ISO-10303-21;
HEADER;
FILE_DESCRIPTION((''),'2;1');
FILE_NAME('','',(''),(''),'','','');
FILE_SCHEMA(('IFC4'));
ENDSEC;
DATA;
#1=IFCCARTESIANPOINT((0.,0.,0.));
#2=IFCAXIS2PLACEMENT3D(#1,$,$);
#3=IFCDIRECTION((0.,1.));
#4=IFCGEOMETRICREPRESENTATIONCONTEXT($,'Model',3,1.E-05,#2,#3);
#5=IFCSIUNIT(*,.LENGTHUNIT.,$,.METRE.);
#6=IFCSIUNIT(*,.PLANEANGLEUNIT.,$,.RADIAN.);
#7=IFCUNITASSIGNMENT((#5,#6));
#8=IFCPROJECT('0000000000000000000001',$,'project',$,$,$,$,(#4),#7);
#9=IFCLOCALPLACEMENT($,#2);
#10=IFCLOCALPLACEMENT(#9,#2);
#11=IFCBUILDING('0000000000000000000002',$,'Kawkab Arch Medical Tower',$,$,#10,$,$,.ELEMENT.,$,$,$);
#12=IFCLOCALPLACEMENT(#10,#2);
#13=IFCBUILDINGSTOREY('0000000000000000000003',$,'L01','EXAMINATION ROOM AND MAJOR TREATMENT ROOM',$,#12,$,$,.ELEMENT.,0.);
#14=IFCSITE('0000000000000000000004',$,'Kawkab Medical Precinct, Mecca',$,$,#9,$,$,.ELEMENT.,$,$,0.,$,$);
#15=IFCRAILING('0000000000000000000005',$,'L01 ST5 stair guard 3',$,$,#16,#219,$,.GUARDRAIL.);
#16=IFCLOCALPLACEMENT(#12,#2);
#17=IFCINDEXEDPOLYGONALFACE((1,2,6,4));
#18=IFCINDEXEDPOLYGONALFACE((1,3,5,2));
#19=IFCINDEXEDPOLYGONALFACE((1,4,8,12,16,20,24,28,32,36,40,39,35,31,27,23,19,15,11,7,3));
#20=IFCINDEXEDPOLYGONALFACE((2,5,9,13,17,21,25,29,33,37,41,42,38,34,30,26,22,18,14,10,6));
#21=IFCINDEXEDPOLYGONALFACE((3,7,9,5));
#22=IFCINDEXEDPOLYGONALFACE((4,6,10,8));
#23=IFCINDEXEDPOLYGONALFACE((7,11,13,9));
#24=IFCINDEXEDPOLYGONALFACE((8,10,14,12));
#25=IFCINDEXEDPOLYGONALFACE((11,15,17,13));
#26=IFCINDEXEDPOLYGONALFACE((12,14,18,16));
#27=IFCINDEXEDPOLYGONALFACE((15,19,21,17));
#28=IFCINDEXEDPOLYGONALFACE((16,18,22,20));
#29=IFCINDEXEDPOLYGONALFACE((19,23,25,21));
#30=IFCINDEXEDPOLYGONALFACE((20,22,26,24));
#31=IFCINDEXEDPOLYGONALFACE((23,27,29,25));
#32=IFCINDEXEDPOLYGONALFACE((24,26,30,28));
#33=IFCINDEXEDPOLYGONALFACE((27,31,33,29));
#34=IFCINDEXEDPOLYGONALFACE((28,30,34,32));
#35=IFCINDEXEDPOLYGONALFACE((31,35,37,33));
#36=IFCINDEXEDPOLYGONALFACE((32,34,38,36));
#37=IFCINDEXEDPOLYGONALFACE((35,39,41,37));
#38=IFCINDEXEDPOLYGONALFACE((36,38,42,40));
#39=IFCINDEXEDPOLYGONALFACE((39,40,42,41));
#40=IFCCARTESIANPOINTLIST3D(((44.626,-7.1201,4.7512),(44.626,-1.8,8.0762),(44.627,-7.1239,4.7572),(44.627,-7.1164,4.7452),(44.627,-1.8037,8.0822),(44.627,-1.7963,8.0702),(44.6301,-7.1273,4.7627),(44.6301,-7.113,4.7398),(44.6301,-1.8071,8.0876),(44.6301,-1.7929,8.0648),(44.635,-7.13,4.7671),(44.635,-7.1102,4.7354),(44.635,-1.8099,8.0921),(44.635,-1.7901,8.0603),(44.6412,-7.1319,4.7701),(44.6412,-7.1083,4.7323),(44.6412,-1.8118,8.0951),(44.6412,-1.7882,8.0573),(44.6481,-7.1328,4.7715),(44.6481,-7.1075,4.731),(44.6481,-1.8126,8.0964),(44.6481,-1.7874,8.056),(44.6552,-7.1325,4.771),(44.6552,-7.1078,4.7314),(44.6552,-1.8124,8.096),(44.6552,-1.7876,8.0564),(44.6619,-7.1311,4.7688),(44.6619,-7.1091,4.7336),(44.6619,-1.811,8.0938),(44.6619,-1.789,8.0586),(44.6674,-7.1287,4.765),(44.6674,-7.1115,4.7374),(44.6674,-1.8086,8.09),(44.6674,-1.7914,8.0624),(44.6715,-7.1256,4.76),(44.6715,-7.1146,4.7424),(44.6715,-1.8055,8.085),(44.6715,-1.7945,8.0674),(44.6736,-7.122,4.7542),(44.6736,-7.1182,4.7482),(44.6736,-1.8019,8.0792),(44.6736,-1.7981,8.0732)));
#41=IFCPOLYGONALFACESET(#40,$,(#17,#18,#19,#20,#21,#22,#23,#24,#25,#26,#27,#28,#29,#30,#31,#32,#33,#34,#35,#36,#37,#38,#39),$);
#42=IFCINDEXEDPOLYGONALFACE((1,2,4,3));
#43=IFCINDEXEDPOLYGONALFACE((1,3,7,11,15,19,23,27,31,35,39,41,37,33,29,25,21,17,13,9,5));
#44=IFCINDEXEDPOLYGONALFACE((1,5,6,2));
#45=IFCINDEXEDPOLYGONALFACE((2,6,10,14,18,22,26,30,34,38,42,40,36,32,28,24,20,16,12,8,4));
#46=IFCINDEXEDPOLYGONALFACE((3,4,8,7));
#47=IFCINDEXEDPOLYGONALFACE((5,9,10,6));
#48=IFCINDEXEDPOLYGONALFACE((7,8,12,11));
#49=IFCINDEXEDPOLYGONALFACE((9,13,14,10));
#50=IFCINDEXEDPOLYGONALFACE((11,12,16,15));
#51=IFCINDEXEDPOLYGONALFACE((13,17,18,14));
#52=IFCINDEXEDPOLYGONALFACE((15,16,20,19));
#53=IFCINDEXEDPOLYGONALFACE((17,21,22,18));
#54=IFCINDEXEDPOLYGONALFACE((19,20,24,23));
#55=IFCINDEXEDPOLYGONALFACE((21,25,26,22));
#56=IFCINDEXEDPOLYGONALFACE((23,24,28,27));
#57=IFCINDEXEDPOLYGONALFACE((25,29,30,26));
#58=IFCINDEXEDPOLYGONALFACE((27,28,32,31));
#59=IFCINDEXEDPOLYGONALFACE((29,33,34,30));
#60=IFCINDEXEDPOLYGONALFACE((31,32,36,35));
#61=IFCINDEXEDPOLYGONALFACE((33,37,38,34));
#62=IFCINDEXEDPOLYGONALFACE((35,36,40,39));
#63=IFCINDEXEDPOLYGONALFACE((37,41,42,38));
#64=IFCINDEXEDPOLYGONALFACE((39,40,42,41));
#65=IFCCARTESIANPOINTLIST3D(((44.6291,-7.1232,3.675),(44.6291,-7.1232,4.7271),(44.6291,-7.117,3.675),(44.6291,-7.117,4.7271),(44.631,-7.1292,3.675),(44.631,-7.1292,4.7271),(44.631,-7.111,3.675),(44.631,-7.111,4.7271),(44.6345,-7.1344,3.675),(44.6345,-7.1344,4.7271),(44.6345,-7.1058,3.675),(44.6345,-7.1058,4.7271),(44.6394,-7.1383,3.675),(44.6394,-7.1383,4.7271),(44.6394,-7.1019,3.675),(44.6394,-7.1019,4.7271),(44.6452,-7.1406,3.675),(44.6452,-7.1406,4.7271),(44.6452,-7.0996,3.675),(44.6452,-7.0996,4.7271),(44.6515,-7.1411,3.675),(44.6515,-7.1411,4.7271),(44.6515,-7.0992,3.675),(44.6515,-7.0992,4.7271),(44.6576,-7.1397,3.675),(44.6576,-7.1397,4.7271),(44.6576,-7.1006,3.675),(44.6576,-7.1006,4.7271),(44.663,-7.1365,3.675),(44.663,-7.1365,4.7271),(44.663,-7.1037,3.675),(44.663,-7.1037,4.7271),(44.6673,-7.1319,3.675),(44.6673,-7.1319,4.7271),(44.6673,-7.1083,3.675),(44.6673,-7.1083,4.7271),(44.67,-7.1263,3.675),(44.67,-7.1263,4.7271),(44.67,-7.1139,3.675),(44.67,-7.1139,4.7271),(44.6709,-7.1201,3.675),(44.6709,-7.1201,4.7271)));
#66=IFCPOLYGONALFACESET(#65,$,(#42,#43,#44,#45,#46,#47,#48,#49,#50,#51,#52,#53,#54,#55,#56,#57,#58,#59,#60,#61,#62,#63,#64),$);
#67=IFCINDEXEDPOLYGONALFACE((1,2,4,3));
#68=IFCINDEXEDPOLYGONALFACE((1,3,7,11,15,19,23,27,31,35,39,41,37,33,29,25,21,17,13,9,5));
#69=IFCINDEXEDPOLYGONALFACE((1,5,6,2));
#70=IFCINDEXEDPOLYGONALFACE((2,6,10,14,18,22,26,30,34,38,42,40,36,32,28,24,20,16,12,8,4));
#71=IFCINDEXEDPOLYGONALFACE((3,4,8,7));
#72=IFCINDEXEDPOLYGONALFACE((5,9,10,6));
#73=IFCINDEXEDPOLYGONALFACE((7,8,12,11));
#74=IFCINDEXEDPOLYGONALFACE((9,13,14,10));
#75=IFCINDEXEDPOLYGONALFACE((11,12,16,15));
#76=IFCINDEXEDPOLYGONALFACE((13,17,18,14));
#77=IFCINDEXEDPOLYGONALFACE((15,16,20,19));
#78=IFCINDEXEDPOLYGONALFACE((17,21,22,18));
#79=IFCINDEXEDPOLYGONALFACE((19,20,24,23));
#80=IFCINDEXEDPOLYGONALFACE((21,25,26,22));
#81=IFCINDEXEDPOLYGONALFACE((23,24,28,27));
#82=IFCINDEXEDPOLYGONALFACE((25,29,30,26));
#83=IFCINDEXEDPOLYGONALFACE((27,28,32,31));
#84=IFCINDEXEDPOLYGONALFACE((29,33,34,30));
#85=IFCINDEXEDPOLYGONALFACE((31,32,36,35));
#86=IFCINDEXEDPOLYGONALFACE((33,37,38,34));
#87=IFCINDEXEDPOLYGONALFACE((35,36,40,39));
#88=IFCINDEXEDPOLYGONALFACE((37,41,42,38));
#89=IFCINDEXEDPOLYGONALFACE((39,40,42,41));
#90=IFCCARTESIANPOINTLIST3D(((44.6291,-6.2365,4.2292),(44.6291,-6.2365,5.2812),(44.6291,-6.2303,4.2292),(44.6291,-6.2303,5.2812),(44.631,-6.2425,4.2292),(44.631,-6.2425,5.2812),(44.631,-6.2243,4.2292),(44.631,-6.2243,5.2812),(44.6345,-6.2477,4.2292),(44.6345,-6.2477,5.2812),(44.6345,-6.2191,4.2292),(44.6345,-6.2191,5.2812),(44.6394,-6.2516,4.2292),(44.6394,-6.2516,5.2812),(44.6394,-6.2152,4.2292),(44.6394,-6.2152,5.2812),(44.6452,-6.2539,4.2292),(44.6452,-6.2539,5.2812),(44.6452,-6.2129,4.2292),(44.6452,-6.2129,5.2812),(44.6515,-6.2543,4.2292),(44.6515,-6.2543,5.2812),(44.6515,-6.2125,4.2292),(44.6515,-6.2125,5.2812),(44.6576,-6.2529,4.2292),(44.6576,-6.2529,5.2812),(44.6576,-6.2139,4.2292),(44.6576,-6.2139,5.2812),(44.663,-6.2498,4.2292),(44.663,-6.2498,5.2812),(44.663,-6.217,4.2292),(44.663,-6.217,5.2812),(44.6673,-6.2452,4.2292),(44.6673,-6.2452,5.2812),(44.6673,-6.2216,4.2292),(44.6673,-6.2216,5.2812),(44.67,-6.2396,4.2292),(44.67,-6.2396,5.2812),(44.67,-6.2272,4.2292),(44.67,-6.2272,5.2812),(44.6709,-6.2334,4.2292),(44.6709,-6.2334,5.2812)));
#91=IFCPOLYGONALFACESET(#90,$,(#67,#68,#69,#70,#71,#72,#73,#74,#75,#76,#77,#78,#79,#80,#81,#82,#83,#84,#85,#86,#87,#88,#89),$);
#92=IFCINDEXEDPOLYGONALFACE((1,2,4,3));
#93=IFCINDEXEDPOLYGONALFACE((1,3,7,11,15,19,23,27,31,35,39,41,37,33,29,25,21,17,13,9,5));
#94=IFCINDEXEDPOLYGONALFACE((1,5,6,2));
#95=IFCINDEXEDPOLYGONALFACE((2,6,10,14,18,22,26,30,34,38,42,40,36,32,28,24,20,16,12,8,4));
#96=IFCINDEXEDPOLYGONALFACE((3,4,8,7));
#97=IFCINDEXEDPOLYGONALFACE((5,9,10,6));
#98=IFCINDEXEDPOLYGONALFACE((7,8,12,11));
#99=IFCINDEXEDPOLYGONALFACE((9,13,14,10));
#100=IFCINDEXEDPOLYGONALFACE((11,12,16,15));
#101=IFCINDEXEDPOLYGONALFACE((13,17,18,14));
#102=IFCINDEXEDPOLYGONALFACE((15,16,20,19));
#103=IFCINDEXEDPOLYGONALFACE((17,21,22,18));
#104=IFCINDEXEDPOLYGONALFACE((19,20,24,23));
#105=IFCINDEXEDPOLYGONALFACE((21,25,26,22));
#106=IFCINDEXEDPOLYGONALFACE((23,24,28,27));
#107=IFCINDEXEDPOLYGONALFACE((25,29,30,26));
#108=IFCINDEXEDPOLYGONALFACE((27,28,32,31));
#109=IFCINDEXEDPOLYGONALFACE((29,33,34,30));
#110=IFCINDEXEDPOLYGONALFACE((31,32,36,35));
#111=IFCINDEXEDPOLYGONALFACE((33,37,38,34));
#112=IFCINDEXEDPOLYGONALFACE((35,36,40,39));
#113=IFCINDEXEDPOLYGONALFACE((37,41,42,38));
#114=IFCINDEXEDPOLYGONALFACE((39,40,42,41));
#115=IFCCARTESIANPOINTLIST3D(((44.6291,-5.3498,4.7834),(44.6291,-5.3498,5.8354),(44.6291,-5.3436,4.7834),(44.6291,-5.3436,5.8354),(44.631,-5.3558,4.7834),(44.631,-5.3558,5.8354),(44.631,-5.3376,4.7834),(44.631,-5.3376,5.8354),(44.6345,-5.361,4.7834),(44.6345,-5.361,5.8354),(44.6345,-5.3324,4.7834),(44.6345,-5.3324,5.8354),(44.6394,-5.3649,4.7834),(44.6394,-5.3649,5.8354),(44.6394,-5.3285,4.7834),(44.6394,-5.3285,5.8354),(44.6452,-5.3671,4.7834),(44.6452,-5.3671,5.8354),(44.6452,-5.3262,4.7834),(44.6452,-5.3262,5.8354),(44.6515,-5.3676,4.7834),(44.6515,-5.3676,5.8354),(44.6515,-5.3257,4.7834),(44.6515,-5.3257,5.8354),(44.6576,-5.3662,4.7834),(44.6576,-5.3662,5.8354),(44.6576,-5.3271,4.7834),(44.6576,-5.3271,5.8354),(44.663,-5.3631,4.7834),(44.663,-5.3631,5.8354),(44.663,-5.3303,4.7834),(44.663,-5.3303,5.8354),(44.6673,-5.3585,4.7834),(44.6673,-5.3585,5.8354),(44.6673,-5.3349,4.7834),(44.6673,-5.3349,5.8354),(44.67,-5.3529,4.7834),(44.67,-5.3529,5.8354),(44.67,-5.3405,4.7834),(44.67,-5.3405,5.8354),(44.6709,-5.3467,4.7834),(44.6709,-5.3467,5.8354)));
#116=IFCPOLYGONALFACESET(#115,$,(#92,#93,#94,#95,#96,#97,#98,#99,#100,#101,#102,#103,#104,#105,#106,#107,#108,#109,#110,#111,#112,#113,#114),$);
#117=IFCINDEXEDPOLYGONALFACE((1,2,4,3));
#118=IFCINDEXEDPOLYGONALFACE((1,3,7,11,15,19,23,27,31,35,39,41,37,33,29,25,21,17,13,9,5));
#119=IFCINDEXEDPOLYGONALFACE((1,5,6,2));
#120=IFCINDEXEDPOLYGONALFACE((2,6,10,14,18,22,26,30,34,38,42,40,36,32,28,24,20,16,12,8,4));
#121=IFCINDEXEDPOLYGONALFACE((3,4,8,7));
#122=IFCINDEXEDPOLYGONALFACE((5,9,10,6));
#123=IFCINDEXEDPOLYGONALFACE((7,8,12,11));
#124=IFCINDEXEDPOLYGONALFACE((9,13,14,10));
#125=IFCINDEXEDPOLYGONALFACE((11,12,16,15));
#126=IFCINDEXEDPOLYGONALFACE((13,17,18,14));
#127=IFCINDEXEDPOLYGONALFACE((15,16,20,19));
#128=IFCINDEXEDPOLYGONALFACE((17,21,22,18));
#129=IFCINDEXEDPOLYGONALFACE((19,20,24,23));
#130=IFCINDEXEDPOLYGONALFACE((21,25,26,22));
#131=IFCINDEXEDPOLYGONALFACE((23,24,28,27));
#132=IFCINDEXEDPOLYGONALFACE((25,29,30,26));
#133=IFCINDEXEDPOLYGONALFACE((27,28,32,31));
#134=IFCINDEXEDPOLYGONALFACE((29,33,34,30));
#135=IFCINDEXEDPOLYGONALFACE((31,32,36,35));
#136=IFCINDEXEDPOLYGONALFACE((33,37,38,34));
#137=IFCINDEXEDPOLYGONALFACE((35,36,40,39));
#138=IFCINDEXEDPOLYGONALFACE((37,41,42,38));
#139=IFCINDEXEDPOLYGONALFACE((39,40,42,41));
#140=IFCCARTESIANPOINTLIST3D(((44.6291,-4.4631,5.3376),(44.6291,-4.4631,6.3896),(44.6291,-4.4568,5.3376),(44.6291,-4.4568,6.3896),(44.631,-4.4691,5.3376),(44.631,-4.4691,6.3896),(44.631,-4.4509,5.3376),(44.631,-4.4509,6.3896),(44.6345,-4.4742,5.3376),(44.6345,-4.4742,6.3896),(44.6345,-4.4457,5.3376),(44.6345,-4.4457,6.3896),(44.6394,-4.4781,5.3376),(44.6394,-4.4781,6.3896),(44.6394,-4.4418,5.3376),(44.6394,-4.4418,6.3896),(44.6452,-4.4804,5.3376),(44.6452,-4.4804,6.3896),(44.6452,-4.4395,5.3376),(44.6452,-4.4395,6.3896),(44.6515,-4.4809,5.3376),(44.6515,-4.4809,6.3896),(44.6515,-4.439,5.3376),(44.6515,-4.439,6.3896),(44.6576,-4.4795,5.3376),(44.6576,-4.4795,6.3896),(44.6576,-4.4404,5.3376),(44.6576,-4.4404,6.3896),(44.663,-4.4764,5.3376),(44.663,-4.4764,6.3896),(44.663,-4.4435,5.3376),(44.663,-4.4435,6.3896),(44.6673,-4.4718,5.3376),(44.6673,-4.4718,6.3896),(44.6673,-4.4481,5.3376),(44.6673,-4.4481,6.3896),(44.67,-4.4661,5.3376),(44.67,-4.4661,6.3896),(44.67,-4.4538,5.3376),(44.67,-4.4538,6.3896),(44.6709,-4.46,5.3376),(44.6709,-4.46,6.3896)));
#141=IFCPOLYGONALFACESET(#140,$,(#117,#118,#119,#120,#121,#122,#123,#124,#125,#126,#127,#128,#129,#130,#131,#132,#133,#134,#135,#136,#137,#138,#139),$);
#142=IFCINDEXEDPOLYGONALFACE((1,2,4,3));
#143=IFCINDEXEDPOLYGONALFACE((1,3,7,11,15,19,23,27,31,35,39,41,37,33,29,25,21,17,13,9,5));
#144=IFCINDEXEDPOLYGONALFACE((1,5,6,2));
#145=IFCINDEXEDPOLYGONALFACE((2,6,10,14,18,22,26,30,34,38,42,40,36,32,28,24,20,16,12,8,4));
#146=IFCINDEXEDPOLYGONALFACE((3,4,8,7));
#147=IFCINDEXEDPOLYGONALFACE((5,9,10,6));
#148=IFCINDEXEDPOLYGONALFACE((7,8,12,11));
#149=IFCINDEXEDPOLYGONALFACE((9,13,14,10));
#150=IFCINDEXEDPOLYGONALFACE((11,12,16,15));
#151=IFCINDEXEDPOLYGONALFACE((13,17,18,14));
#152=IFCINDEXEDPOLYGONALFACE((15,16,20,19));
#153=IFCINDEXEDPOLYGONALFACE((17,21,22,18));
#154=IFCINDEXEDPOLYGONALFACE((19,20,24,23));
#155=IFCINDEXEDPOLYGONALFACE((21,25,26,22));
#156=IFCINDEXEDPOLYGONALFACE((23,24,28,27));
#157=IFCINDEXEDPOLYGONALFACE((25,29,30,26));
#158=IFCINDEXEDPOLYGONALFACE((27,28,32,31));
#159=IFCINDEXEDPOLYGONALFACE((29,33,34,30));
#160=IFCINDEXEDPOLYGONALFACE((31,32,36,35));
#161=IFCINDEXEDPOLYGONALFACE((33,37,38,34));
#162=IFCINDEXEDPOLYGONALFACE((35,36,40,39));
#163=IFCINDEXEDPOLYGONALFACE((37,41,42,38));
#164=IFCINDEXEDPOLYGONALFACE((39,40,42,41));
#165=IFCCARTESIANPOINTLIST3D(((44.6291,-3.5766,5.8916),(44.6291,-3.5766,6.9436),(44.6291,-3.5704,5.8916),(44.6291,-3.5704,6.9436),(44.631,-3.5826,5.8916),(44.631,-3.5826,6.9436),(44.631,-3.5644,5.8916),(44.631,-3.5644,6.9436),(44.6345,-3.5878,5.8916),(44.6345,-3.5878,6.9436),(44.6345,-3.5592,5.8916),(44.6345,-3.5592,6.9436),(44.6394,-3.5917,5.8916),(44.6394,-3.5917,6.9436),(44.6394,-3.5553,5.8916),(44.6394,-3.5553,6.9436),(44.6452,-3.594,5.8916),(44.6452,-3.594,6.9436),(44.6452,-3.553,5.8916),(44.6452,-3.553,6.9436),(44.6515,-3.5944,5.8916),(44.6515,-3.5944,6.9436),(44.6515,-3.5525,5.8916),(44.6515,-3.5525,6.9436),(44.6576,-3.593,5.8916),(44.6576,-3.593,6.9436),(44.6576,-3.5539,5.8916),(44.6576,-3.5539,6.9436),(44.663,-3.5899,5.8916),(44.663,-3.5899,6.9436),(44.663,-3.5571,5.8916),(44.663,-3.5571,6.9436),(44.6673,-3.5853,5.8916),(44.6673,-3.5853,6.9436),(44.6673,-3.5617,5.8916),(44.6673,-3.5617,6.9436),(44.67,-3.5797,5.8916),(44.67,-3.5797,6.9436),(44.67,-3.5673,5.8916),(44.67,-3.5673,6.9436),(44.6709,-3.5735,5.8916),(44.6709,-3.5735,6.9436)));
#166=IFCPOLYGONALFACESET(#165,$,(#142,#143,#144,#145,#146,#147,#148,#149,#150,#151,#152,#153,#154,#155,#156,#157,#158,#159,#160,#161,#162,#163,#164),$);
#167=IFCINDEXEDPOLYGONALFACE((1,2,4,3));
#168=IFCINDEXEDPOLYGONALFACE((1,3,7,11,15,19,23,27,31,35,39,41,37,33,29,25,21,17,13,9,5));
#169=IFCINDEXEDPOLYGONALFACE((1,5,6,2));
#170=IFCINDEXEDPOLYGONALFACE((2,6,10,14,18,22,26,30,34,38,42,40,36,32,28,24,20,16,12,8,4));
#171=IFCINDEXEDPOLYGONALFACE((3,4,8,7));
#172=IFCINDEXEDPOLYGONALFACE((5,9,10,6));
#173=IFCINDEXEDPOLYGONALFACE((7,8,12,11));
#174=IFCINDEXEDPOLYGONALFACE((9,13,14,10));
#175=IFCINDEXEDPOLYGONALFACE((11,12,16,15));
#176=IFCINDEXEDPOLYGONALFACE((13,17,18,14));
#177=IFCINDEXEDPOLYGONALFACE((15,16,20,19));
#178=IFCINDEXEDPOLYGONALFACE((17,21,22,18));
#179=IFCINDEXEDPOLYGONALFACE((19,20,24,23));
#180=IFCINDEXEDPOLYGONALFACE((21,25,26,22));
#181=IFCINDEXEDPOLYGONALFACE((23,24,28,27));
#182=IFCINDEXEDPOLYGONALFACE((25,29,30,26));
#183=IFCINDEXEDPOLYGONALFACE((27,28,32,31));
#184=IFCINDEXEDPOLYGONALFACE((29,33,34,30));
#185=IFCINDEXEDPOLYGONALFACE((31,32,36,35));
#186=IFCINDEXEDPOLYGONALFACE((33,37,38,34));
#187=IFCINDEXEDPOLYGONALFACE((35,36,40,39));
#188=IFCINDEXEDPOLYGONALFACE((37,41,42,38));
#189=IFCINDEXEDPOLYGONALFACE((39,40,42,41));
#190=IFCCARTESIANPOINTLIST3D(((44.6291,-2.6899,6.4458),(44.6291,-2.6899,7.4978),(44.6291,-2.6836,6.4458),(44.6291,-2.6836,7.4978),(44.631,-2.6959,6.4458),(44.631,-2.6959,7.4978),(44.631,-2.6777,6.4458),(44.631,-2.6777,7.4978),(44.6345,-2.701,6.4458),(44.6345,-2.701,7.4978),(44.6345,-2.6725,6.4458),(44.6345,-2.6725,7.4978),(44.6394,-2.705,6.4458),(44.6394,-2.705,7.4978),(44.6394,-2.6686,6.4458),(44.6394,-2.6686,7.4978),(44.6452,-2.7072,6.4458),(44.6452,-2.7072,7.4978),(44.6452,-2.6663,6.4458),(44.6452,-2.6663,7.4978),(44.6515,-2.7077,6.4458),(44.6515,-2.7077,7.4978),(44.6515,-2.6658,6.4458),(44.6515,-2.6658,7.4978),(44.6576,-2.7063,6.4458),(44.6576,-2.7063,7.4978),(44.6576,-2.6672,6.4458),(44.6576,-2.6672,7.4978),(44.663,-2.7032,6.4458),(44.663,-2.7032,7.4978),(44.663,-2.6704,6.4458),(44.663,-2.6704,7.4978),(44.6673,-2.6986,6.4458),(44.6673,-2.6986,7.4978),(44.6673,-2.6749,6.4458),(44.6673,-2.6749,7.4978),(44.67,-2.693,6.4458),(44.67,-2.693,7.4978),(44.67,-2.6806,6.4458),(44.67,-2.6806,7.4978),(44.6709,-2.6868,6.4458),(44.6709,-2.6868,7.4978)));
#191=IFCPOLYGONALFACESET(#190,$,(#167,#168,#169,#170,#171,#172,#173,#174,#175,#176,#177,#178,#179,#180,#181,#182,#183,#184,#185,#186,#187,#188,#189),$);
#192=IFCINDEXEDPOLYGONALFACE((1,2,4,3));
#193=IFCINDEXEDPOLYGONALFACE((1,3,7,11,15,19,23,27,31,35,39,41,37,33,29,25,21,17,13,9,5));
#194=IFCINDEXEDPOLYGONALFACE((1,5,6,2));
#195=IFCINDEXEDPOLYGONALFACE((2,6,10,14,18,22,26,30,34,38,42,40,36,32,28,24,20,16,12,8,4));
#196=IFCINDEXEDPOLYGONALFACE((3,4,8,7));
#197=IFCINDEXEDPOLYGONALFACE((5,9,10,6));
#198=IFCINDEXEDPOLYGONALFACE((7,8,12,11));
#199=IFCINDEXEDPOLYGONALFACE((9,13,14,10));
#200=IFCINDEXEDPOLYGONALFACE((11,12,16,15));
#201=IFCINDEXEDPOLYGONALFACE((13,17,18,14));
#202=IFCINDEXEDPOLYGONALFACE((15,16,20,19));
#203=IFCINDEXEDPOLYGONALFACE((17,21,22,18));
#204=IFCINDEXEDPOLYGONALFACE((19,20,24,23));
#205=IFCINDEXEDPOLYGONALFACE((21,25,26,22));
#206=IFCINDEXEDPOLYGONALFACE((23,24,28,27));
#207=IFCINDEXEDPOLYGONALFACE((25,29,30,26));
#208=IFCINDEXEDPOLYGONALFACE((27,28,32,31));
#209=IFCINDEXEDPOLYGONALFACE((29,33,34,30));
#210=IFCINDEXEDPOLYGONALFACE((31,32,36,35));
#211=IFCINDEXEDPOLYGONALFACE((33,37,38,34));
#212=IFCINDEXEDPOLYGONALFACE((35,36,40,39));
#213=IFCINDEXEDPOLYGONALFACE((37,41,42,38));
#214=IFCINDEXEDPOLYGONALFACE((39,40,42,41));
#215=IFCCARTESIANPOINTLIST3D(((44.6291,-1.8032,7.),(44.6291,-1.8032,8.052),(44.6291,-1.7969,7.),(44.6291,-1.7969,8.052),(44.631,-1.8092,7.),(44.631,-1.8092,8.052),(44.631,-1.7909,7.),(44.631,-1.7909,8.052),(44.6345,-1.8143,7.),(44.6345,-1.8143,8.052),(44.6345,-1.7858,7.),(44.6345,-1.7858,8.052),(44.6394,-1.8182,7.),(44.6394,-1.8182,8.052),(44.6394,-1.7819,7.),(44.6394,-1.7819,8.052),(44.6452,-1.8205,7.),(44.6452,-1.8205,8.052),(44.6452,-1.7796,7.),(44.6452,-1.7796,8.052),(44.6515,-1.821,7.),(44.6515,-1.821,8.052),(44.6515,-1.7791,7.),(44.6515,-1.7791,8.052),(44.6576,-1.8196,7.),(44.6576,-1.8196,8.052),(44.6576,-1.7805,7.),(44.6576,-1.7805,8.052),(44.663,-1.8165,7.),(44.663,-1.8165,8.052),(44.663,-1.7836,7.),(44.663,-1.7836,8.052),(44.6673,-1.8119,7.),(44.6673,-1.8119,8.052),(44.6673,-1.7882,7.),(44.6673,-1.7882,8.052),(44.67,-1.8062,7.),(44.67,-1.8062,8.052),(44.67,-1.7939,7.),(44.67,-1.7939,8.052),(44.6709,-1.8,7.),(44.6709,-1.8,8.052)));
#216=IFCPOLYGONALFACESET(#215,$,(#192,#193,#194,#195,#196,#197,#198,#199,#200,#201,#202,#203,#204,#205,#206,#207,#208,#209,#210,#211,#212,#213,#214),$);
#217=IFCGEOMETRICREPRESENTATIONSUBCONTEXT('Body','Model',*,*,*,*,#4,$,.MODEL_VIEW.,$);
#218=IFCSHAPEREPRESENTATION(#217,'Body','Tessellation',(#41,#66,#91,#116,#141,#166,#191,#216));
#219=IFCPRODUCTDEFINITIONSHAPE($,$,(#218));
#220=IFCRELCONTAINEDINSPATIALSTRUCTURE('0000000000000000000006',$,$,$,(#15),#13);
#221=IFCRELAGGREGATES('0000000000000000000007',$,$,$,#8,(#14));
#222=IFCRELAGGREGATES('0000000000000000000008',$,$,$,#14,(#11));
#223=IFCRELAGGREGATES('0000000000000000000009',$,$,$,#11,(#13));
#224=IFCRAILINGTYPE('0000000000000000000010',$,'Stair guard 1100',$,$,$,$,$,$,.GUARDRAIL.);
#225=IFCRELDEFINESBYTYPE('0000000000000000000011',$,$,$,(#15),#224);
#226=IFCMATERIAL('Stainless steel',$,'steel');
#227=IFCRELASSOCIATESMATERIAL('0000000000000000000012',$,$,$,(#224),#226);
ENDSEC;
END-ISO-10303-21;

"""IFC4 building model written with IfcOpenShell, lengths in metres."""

from ifc_helpers import new_model, si_unit, direction, frame, origin, origin_2d, place, context, subcontext, project, spatial, circle, extrude, material, type_object, element, save


model = new_model("IFC4")

# Units and contexts
model_context = context("Model", 3, precision=1e-05, world=origin(), true_north=direction((0.0, 1.0)))
body_context = subcontext(model_context, "Body", "Model", "MODEL_VIEW")
ifc_project = project(units=[si_unit("LENGTHUNIT", "METRE"), si_unit("PLANEANGLEUNIT", "RADIAN")], contexts=[model_context])

# Site, building, storey
site_placement = place(None, origin())
site = spatial("IfcSite", under=ifc_project, at=site_placement, Name="Kawkab Medical Precinct, Mecca", CompositionType="ELEMENT", RefElevation=0.0)
building_placement = place(site_placement, origin())
building = spatial("IfcBuilding", under=site, at=building_placement, Name="Kawkab Arch Medical Tower", CompositionType="ELEMENT")
storey_placement = place(building_placement, origin())
storey = spatial("IfcBuildingStorey", under=building, at=storey_placement, Name="L01", Description="EXAMINATION ROOM AND MAJOR TREATMENT ROOM", CompositionType="ELEMENT", Elevation=0.0)

# Railing
ifc_material_1 = material(Name="Stainless steel", Category="steel")
railing_type = type_object("IfcRailingType", Name="Stair guard 1100", PredefinedType="GUARDRAIL", material=ifc_material_1)
railing_1_placement = place(storey_placement, frame((44.6499, -7.1201, 3.675)))
element("IfcRailing", 1, at=railing_1_placement, inside=storey, type_object=railing_type, Name="L01 ST5 stair guard 3", PredefinedType="GUARDRAIL", context=body_context, shape_type="SweptSolid", body=[
    extrude(circle(Radius=0.0239, at=origin_2d()), frame((0.0, 0.0, 1.0762), z_axis=(0.0, 0.848005, 0.529988), x_axis=(-1.0, 0.0, 0.0)), (0.0, 0.0, 1.0), 6.2737),
    extrude(circle(Radius=0.021, at=origin_2d()), origin(), (0.0, 0.0, 1.0), 1.052),
    extrude(circle(Radius=0.021, at=origin_2d()), frame((0.0, 0.8867, 0.5542)), (0.0, 0.0, 1.0), 1.052),
    extrude(circle(Radius=0.021, at=origin_2d()), frame((0.0, 1.7734, 1.1084)), (0.0, 0.0, 1.0), 1.052),
    extrude(circle(Radius=0.021, at=origin_2d()), frame((0.0, 2.6602, 1.6626)), (0.0, 0.0, 1.0), 1.052),
    extrude(circle(Radius=0.021, at=origin_2d()), frame((0.0, 3.5466, 2.2166)), (0.0, 0.0, 1.0), 1.052),
    extrude(circle(Radius=0.021, at=origin_2d()), frame((0.0, 4.4333, 2.7708)), (0.0, 0.0, 1.0), 1.052),
    extrude(circle(Radius=0.021, at=origin_2d()), frame((0.0, 5.3201, 3.325)), (0.0, 0.0, 1.0), 1.052),
])

save(model, "model.ifc")
